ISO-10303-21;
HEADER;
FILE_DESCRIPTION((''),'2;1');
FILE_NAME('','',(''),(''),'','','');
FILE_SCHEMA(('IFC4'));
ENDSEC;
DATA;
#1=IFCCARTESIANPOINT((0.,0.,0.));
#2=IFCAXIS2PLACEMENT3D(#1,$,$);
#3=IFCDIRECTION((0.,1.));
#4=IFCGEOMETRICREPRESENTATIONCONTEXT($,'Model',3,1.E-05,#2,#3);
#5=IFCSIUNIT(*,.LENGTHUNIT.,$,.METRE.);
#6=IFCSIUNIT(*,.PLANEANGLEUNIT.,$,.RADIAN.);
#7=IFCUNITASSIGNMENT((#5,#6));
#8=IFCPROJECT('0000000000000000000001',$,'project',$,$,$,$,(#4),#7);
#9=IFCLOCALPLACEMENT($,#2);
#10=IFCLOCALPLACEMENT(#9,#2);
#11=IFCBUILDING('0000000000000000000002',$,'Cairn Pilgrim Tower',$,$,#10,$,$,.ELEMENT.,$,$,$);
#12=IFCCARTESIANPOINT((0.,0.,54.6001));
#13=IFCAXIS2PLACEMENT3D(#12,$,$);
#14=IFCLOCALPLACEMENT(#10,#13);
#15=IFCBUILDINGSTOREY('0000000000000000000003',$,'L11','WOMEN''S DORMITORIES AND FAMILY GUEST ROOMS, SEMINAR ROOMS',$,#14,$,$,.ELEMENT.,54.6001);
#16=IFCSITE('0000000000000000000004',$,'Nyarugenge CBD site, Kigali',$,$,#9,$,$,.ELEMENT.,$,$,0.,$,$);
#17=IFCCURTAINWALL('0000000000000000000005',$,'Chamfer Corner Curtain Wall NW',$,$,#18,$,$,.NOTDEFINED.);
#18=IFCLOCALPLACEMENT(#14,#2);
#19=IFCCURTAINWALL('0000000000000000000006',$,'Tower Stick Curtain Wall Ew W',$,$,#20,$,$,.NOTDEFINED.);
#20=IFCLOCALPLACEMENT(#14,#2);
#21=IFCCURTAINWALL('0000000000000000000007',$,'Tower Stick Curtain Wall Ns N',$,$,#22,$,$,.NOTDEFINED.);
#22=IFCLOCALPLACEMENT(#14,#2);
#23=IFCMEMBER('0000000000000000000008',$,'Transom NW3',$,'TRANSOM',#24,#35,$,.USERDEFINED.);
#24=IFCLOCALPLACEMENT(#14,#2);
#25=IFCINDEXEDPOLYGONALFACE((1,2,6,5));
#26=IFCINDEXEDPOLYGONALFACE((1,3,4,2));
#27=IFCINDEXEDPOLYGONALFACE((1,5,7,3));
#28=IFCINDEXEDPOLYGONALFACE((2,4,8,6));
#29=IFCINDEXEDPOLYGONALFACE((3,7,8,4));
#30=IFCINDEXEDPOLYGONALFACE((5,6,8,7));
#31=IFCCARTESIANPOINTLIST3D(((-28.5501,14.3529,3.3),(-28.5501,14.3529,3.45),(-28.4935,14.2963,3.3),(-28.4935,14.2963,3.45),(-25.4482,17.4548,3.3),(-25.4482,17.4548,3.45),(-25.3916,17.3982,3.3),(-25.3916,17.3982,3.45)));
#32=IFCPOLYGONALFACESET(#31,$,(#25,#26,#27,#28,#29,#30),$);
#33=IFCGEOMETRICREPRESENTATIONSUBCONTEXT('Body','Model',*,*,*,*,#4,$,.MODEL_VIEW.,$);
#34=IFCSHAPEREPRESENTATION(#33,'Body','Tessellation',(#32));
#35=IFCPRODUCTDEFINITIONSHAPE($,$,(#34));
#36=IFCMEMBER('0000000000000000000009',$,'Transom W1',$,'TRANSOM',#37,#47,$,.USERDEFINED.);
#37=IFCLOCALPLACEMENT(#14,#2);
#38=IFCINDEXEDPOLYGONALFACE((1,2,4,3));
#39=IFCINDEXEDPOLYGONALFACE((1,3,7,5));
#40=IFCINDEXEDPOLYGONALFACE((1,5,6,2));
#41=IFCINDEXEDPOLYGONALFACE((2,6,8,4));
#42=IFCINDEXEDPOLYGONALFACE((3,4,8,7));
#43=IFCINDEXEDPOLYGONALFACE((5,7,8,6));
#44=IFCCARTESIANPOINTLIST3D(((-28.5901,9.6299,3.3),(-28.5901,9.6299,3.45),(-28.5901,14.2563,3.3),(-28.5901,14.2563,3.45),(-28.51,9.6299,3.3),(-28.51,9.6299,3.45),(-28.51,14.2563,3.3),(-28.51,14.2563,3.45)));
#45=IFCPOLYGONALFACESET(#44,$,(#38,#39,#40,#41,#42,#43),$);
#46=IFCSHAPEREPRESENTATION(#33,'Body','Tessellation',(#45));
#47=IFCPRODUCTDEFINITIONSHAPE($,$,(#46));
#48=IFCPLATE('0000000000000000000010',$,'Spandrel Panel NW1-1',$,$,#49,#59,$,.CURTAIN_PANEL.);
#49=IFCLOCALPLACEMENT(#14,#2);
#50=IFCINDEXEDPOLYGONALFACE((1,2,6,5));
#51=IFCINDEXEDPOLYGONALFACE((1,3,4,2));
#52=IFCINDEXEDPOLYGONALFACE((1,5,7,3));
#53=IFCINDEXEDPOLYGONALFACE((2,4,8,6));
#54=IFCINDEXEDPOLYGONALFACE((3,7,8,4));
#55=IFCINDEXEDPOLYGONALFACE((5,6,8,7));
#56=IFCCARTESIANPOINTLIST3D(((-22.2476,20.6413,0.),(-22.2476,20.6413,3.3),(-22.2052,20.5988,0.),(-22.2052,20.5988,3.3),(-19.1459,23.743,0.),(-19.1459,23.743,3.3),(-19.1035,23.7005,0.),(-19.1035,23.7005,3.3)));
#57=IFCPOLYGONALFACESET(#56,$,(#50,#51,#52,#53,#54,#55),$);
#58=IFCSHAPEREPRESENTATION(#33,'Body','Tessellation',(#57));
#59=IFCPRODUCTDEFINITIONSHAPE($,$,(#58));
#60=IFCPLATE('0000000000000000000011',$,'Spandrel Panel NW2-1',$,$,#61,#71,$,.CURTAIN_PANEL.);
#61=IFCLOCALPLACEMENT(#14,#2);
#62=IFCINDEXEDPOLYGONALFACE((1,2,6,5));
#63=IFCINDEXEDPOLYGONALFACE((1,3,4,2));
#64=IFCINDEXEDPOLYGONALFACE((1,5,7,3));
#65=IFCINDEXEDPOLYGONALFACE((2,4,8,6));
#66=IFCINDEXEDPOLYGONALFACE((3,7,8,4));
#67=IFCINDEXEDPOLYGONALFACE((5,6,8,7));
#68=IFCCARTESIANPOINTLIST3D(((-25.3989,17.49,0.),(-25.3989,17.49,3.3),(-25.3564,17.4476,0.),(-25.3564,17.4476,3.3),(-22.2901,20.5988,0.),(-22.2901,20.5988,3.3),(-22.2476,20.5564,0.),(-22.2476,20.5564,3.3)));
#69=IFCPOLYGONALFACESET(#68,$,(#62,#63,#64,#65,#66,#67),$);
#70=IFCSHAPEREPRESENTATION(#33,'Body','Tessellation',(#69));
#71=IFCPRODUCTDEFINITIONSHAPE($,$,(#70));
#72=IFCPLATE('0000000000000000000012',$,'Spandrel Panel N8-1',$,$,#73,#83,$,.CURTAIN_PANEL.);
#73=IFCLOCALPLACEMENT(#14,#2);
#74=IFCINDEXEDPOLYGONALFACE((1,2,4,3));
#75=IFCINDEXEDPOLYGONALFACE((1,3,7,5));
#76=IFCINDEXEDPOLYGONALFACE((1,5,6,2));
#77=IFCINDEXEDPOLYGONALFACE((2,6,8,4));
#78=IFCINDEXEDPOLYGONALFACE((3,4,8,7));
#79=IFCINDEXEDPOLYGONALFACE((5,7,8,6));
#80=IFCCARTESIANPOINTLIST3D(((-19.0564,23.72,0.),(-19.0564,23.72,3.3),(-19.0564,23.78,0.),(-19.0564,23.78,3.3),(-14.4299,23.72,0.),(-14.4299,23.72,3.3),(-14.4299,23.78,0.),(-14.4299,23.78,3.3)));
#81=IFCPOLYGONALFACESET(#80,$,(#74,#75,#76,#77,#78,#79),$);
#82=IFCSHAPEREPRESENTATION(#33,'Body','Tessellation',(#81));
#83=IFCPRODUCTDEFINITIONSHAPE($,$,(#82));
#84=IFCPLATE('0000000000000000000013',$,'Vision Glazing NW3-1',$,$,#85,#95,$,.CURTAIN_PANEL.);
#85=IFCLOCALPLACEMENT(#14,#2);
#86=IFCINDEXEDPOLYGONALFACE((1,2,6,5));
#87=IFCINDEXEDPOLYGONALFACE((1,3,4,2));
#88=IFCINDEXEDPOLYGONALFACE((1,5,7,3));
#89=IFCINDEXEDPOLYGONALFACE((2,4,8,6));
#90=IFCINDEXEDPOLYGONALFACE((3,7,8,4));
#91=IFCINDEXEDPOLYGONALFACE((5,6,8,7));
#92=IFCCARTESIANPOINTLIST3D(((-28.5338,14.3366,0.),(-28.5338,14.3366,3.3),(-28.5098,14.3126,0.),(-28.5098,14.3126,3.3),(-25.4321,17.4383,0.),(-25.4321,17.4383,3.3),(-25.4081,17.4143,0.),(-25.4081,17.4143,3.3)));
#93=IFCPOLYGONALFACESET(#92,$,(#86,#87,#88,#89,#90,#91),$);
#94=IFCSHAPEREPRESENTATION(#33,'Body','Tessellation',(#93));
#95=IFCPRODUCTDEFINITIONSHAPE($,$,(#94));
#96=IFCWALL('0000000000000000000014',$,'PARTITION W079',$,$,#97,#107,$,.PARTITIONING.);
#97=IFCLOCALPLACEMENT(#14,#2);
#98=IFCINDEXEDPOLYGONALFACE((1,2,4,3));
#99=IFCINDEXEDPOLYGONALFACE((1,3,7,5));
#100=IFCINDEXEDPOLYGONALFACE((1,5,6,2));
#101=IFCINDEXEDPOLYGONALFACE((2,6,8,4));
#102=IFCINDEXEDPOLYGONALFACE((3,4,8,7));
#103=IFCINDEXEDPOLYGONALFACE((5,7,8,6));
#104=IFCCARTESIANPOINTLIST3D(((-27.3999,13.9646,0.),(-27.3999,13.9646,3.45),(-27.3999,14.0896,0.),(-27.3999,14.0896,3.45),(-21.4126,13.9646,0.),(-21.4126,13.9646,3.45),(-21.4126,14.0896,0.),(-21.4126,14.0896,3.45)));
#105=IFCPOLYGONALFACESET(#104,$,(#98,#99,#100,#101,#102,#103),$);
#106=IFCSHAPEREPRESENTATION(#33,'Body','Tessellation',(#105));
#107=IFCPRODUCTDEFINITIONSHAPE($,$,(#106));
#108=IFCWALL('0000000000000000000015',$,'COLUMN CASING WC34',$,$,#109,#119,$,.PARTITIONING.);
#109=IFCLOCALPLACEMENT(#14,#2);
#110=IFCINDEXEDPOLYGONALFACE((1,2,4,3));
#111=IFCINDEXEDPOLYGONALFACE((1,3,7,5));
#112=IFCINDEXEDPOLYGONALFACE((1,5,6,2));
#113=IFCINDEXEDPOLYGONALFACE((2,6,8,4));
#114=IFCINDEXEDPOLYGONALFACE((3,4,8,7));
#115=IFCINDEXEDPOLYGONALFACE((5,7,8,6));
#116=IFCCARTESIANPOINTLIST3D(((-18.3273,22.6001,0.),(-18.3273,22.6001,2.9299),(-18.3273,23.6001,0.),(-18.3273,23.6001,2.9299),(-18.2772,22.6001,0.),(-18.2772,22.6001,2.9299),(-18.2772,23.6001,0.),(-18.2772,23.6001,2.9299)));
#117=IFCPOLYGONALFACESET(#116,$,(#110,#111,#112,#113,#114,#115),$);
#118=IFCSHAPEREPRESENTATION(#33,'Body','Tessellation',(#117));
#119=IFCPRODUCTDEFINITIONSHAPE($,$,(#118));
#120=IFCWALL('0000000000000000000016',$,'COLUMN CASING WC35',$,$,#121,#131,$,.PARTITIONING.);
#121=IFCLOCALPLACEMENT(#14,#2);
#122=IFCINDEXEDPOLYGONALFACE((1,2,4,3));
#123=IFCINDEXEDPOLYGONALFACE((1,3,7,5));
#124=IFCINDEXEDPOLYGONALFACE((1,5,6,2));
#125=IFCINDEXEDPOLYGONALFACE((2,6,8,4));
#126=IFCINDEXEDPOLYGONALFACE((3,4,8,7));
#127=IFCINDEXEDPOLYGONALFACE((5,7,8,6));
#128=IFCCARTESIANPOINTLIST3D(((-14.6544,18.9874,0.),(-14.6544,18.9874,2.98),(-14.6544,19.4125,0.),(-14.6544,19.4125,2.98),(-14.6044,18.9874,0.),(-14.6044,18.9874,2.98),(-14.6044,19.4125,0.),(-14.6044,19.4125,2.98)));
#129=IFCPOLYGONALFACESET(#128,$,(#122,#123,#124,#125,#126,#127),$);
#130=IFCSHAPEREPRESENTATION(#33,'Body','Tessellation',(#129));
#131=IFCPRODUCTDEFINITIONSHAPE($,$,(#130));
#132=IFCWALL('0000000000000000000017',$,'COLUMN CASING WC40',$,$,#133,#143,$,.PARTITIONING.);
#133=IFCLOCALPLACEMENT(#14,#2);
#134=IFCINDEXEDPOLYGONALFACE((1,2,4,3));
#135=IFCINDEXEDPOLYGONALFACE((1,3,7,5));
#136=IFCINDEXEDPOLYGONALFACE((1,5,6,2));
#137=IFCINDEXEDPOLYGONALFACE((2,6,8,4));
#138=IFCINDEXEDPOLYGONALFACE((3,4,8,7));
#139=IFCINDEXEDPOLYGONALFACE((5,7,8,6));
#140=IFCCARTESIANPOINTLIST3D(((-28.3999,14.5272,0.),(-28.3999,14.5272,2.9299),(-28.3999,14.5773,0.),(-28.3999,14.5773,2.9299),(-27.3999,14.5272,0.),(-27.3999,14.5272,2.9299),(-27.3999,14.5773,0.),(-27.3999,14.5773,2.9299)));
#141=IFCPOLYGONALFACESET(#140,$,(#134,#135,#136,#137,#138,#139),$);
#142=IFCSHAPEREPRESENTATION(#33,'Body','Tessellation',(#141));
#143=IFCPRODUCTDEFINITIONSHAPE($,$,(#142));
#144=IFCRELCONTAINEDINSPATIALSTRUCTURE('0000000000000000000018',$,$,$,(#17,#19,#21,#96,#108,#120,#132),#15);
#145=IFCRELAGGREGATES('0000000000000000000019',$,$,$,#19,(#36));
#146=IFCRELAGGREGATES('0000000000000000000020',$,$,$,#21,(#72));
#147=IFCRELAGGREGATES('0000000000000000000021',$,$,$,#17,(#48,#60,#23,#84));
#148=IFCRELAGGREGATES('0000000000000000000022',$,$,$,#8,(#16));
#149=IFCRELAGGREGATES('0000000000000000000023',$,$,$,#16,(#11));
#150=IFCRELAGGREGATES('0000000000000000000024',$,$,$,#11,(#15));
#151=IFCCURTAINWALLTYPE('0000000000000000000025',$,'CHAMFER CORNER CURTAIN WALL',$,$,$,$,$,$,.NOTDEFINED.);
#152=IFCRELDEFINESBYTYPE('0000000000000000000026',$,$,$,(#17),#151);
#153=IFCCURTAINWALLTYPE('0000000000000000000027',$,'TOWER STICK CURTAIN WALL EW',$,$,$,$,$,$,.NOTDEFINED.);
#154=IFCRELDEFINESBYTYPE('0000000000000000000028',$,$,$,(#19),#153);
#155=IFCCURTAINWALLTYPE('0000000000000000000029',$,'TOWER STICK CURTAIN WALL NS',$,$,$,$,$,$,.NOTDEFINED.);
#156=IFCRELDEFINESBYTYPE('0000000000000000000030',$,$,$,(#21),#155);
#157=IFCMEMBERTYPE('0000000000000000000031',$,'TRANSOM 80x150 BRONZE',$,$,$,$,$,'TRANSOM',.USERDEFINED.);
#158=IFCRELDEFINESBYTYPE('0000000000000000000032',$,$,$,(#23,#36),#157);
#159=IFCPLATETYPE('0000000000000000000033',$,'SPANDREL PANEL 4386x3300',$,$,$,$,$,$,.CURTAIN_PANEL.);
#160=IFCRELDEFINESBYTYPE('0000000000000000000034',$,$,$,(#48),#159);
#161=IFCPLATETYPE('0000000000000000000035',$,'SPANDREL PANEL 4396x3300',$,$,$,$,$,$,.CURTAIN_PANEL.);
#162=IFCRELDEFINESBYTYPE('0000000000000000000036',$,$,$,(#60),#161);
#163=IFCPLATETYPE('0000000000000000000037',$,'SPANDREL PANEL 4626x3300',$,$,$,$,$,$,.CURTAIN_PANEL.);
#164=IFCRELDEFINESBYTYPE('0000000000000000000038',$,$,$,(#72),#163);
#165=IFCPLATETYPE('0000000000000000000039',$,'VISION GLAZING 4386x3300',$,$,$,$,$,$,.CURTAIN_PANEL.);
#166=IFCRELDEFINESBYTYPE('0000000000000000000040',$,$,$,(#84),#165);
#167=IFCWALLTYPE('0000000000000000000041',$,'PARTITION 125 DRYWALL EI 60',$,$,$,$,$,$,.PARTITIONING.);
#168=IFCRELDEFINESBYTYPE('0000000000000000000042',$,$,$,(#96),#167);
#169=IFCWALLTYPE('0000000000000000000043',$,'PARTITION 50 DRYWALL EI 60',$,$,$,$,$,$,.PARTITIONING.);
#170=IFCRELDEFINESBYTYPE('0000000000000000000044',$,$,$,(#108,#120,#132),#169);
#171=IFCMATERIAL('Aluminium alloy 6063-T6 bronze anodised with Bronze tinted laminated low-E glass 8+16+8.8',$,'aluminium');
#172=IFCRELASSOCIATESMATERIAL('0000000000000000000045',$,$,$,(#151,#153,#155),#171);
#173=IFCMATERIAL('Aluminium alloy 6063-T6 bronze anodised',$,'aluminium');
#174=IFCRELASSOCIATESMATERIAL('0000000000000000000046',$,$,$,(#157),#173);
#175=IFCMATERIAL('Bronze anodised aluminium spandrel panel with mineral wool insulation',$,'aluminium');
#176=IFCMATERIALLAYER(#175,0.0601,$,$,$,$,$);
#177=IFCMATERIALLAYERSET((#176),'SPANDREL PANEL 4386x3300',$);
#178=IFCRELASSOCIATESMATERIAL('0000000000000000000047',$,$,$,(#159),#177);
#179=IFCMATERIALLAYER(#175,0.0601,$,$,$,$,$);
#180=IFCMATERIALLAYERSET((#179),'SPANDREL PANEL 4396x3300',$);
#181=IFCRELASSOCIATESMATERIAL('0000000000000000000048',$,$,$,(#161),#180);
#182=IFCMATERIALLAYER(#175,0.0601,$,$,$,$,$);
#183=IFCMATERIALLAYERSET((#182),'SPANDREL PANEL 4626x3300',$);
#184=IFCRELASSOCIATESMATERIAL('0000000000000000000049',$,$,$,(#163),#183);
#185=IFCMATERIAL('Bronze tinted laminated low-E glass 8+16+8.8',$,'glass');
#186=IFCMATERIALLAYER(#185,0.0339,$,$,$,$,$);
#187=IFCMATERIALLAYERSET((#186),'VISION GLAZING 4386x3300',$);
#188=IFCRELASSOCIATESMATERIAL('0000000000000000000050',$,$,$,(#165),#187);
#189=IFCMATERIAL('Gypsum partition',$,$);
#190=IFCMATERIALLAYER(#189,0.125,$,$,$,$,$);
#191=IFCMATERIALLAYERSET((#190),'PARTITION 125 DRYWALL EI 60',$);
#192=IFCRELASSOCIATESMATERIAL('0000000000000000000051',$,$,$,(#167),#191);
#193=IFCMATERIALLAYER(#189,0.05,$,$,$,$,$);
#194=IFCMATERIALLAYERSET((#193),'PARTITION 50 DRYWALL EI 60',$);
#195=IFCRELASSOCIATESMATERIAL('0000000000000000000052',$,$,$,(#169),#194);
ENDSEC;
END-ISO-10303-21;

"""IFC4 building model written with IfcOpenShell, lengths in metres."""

from ifc_helpers import new_model, si_unit, direction, frame, frame_2d, origin, origin_2d, place, context, subcontext, project, spatial, rectangle, extrude, material, layer, layer_set, material_profile, profile_set, type_object, element, aggregate, save


model = new_model("IFC4")

# Units and contexts
model_context = context("Model", 3, precision=1e-05, world=origin(), true_north=direction((0.0, 1.0)))
body_context = subcontext(model_context, "Body", "Model", "MODEL_VIEW")
ifc_project = project(units=[si_unit("LENGTHUNIT", "METRE"), si_unit("PLANEANGLEUNIT", "RADIAN")], contexts=[model_context])

# Site, building, storey
site_placement = place(None, origin())
site = spatial("IfcSite", under=ifc_project, at=site_placement, Name="Nyarugenge CBD site, Kigali", CompositionType="ELEMENT", RefElevation=0.0)
building_placement = place(site_placement, origin())
building = spatial("IfcBuilding", under=site, at=building_placement, Name="Cairn Pilgrim Tower", CompositionType="ELEMENT")
storey_placement = place(building_placement, frame((0.0, 0.0, 54.6001)))
storey = spatial("IfcBuildingStorey", under=building, at=storey_placement, Name="L11", Description="WOMEN'S DORMITORIES AND FAMILY GUEST ROOMS, SEMINAR ROOMS", CompositionType="ELEMENT", Elevation=54.6001)

# Curtain wall
ifc_material_1 = material(Name="Aluminium alloy 6063-T6 bronze anodised with Bronze tinted laminated low-E glass 8+16+8.8", Category="aluminium")
curtain_wall_type_1 = type_object("IfcCurtainWallType", Name="CHAMFER CORNER CURTAIN WALL", PredefinedType="NOTDEFINED", material=ifc_material_1)
curtain_wall_1_placement = place(storey_placement, origin())
curtain_wall_1 = element("IfcCurtainWall", 1, at=curtain_wall_1_placement, inside=storey, type_object=curtain_wall_type_1, Name="Chamfer Corner Curtain Wall NW", PredefinedType="NOTDEFINED")
ifc_material_2 = material(Name="Aluminium alloy 6063-T6 bronze anodised", Category="aluminium")

# Curtain wall
curtain_wall_type_2 = type_object("IfcCurtainWallType", Name="TOWER STICK CURTAIN WALL EW", PredefinedType="NOTDEFINED", material=ifc_material_1)
curtain_wall_2_placement = place(storey_placement, origin())
curtain_wall_2 = element("IfcCurtainWall", 2, at=curtain_wall_2_placement, inside=storey, type_object=curtain_wall_type_2, Name="Tower Stick Curtain Wall Ew W", PredefinedType="NOTDEFINED")

# Curtain wall
curtain_wall_type_3 = type_object("IfcCurtainWallType", Name="TOWER STICK CURTAIN WALL NS", PredefinedType="NOTDEFINED", material=ifc_material_1)
curtain_wall_3_placement = place(storey_placement, origin())
curtain_wall_3 = element("IfcCurtainWall", 3, at=curtain_wall_3_placement, inside=storey, type_object=curtain_wall_type_3, Name="Tower Stick Curtain Wall Ns N", PredefinedType="NOTDEFINED")
ifc_material_profile_1 = material_profile(ifc_material_2, rectangle(XDim=0.0801, YDim=0.1499, at=origin_2d()), Name="TRANSOM 80x150 BRONZE")
ifc_profile_set_1 = profile_set([ifc_material_profile_1], Name="Aluminium alloy 6063-T6 bronze anodised")
member_type_1 = type_object("IfcMemberType", Name="TRANSOM 80x150 BRONZE", ElementType="TRANSOM", PredefinedType="USERDEFINED", material=ifc_profile_set_1)

# Members
member_1_placement = place(storey_placement, frame((-25.4199, 17.4265, 3.375), z_axis=(-0.707107, -0.707107, 0.0), x_axis=(0.707107, -0.707107, 0.0)))
member_1 = element("IfcMember", 4, at=member_1_placement, type_object=member_type_1, Name="Transom NW3", ObjectType="TRANSOM", PredefinedType="USERDEFINED", context=body_context, shape_type="SweptSolid", body=[
    extrude(rectangle(XDim=0.0801, YDim=0.1499, at=origin_2d()), origin(), (0.0, 0.0, 1.0), 4.3867),
])
member_2_placement = place(storey_placement, frame((-28.55, 14.2563, 3.375), z_axis=(0.0, -1.0, 0.0), x_axis=(1.0, 0.0, 0.0)))
member_2 = element("IfcMember", 5, at=member_2_placement, type_object=member_type_1, Name="Transom W1", ObjectType="TRANSOM", PredefinedType="USERDEFINED", context=body_context, shape_type="SweptSolid", body=[
    extrude(rectangle(XDim=0.0801, YDim=0.1499, at=origin_2d()), origin(), (0.0, 0.0, 1.0), 4.6265),
])
aggregate(curtain_wall_2, [member_2])

# Plates
ifc_material_3 = material(Name="Bronze anodised aluminium spandrel panel with mineral wool insulation", Category="aluminium")
ifc_layer_1 = layer(ifc_material_3, 0.0601)
ifc_layer_set_1 = layer_set([ifc_layer_1], Name="SPANDREL PANEL 4386x3300")
plate_type_1 = type_object("IfcPlateType", Name="SPANDREL PANEL 4386x3300", PredefinedType="CURTAIN_PANEL", material=ifc_layer_set_1)
plate_1_placement = place(storey_placement, frame((-20.6755, 22.1709, 0.0), z_axis=(0.0, 0.0, 1.0), x_axis=(-0.707107, -0.707107, 0.0)))
plate_1 = element("IfcPlate", 6, at=plate_1_placement, type_object=plate_type_1, Name="Spandrel Panel NW1-1", PredefinedType="CURTAIN_PANEL", context=body_context, shape_type="SweptSolid", body=[
    extrude(rectangle(XDim=4.3865, YDim=0.0601, at=origin_2d()), origin(), (0.0, 0.0, 1.0), 3.3),
])
ifc_layer_2 = layer(ifc_material_3, 0.0601)
ifc_layer_set_2 = layer_set([ifc_layer_2], Name="SPANDREL PANEL 4396x3300")
plate_type_2 = type_object("IfcPlateType", Name="SPANDREL PANEL 4396x3300", PredefinedType="CURTAIN_PANEL", material=ifc_layer_set_2)
plate_2_placement = place(storey_placement, frame((-23.8232, 19.0232, 0.0), z_axis=(0.0, 0.0, 1.0), x_axis=(-0.707107, -0.707107, 0.0)))
plate_2 = element("IfcPlate", 7, at=plate_2_placement, type_object=plate_type_2, Name="Spandrel Panel NW2-1", PredefinedType="CURTAIN_PANEL", context=body_context, shape_type="SweptSolid", body=[
    extrude(rectangle(XDim=4.3965, YDim=0.0601, at=origin_2d()), origin(), (0.0, 0.0, 1.0), 3.3),
])
ifc_layer_3 = layer(ifc_material_3, 0.0601)
ifc_layer_set_3 = layer_set([ifc_layer_3], Name="SPANDREL PANEL 4626x3300")
plate_type_3 = type_object("IfcPlateType", Name="SPANDREL PANEL 4626x3300", PredefinedType="CURTAIN_PANEL", material=ifc_layer_set_3)
plate_3_placement = place(storey_placement, frame((-16.7432, 23.75, 0.0), z_axis=(0.0, 0.0, 1.0), x_axis=(-1.0, 0.0, 0.0)))
plate_3 = element("IfcPlate", 8, at=plate_3_placement, type_object=plate_type_3, Name="Spandrel Panel N8-1", PredefinedType="CURTAIN_PANEL", context=body_context, shape_type="SweptSolid", body=[
    extrude(rectangle(XDim=4.6265, YDim=0.0601, at=origin_2d()), origin(), (0.0, 0.0, 1.0), 3.3),
])
aggregate(curtain_wall_3, [plate_3])
ifc_material_4 = material(Name="Bronze tinted laminated low-E glass 8+16+8.8", Category="glass")
ifc_layer_4 = layer(ifc_material_4, 0.0339)
ifc_layer_set_4 = layer_set([ifc_layer_4], Name="VISION GLAZING 4386x3300")
plate_type_4 = type_object("IfcPlateType", Name="VISION GLAZING 4386x3300", PredefinedType="CURTAIN_PANEL", material=ifc_layer_set_4)
plate_4_placement = place(storey_placement, frame((-26.9709, 15.8755, 0.0), z_axis=(0.0, 0.0, 1.0), x_axis=(-0.707107, -0.707107, 0.0)))
plate_4 = element("IfcPlate", 9, at=plate_4_placement, type_object=plate_type_4, Name="Vision Glazing NW3-1", PredefinedType="CURTAIN_PANEL", context=body_context, shape_type="SweptSolid", body=[
    extrude(rectangle(XDim=4.3865, YDim=0.0339, at=origin_2d()), origin(), (0.0, 0.0, 1.0), 3.3),
])
aggregate(curtain_wall_1, [plate_1, plate_2, member_1, plate_4])

# Walls
ifc_material_5 = material(Name="Gypsum partition")
ifc_layer_5 = layer(ifc_material_5, 0.125)
ifc_layer_set_5 = layer_set([ifc_layer_5], Name="PARTITION 125 DRYWALL EI 60")
wall_type_1 = type_object("IfcWallType", Name="PARTITION 125 DRYWALL EI 60", PredefinedType="PARTITIONING", material=ifc_layer_set_5)
wall_1_placement = place(storey_placement, frame((-27.3999, 14.0271, 0.0), z_axis=(0.0, 0.0, 1.0), x_axis=(1.0, 0.0, 0.0)))
element("IfcWall", 10, at=wall_1_placement, inside=storey, type_object=wall_type_1, Name="PARTITION W079", PredefinedType="PARTITIONING", context=body_context, shape_type="SweptSolid", body=[
    extrude(rectangle(XDim=5.9873, YDim=0.125, at=frame_2d((2.9937, 0.0))), origin(), (0.0, 0.0, 1.0), 3.45),
])
ifc_layer_6 = layer(ifc_material_5, 0.05)
ifc_layer_set_6 = layer_set([ifc_layer_6], Name="PARTITION 50 DRYWALL EI 60")
wall_type_2 = type_object("IfcWallType", Name="PARTITION 50 DRYWALL EI 60", PredefinedType="PARTITIONING", material=ifc_layer_set_6)
wall_2_placement = place(storey_placement, frame((-18.3022, 22.6001, 0.0), z_axis=(0.0, 0.0, 1.0), x_axis=(0.0, 1.0, 0.0)))
element("IfcWall", 11, at=wall_2_placement, inside=storey, type_object=wall_type_2, Name="COLUMN CASING WC34", PredefinedType="PARTITIONING", context=body_context, shape_type="SweptSolid", body=[
    extrude(rectangle(XDim=1.0, YDim=0.05, at=frame_2d((0.5, 0.0))), origin(), (0.0, 0.0, 1.0), 2.9299),
])
wall_3_placement = place(storey_placement, frame((-14.6294, 18.9875, 0.0), z_axis=(0.0, 0.0, 1.0), x_axis=(0.0, 1.0, 0.0)))
element("IfcWall", 12, at=wall_3_placement, inside=storey, type_object=wall_type_2, Name="COLUMN CASING WC35", PredefinedType="PARTITIONING", context=body_context, shape_type="SweptSolid", body=[
    extrude(rectangle(XDim=0.425, YDim=0.05, at=frame_2d((0.2124, 0.0))), origin(), (0.0, 0.0, 1.0), 2.98),
])
wall_4_placement = place(storey_placement, frame((-28.3999, 14.5522, 0.0), z_axis=(0.0, 0.0, 1.0), x_axis=(1.0, 0.0, 0.0)))
element("IfcWall", 13, at=wall_4_placement, inside=storey, type_object=wall_type_2, Name="COLUMN CASING WC40", PredefinedType="PARTITIONING", context=body_context, shape_type="SweptSolid", body=[
    extrude(rectangle(XDim=1.0, YDim=0.05, at=frame_2d((0.5, 0.0))), origin(), (0.0, 0.0, 1.0), 2.9299),
])

save(model, "model.ifc")
